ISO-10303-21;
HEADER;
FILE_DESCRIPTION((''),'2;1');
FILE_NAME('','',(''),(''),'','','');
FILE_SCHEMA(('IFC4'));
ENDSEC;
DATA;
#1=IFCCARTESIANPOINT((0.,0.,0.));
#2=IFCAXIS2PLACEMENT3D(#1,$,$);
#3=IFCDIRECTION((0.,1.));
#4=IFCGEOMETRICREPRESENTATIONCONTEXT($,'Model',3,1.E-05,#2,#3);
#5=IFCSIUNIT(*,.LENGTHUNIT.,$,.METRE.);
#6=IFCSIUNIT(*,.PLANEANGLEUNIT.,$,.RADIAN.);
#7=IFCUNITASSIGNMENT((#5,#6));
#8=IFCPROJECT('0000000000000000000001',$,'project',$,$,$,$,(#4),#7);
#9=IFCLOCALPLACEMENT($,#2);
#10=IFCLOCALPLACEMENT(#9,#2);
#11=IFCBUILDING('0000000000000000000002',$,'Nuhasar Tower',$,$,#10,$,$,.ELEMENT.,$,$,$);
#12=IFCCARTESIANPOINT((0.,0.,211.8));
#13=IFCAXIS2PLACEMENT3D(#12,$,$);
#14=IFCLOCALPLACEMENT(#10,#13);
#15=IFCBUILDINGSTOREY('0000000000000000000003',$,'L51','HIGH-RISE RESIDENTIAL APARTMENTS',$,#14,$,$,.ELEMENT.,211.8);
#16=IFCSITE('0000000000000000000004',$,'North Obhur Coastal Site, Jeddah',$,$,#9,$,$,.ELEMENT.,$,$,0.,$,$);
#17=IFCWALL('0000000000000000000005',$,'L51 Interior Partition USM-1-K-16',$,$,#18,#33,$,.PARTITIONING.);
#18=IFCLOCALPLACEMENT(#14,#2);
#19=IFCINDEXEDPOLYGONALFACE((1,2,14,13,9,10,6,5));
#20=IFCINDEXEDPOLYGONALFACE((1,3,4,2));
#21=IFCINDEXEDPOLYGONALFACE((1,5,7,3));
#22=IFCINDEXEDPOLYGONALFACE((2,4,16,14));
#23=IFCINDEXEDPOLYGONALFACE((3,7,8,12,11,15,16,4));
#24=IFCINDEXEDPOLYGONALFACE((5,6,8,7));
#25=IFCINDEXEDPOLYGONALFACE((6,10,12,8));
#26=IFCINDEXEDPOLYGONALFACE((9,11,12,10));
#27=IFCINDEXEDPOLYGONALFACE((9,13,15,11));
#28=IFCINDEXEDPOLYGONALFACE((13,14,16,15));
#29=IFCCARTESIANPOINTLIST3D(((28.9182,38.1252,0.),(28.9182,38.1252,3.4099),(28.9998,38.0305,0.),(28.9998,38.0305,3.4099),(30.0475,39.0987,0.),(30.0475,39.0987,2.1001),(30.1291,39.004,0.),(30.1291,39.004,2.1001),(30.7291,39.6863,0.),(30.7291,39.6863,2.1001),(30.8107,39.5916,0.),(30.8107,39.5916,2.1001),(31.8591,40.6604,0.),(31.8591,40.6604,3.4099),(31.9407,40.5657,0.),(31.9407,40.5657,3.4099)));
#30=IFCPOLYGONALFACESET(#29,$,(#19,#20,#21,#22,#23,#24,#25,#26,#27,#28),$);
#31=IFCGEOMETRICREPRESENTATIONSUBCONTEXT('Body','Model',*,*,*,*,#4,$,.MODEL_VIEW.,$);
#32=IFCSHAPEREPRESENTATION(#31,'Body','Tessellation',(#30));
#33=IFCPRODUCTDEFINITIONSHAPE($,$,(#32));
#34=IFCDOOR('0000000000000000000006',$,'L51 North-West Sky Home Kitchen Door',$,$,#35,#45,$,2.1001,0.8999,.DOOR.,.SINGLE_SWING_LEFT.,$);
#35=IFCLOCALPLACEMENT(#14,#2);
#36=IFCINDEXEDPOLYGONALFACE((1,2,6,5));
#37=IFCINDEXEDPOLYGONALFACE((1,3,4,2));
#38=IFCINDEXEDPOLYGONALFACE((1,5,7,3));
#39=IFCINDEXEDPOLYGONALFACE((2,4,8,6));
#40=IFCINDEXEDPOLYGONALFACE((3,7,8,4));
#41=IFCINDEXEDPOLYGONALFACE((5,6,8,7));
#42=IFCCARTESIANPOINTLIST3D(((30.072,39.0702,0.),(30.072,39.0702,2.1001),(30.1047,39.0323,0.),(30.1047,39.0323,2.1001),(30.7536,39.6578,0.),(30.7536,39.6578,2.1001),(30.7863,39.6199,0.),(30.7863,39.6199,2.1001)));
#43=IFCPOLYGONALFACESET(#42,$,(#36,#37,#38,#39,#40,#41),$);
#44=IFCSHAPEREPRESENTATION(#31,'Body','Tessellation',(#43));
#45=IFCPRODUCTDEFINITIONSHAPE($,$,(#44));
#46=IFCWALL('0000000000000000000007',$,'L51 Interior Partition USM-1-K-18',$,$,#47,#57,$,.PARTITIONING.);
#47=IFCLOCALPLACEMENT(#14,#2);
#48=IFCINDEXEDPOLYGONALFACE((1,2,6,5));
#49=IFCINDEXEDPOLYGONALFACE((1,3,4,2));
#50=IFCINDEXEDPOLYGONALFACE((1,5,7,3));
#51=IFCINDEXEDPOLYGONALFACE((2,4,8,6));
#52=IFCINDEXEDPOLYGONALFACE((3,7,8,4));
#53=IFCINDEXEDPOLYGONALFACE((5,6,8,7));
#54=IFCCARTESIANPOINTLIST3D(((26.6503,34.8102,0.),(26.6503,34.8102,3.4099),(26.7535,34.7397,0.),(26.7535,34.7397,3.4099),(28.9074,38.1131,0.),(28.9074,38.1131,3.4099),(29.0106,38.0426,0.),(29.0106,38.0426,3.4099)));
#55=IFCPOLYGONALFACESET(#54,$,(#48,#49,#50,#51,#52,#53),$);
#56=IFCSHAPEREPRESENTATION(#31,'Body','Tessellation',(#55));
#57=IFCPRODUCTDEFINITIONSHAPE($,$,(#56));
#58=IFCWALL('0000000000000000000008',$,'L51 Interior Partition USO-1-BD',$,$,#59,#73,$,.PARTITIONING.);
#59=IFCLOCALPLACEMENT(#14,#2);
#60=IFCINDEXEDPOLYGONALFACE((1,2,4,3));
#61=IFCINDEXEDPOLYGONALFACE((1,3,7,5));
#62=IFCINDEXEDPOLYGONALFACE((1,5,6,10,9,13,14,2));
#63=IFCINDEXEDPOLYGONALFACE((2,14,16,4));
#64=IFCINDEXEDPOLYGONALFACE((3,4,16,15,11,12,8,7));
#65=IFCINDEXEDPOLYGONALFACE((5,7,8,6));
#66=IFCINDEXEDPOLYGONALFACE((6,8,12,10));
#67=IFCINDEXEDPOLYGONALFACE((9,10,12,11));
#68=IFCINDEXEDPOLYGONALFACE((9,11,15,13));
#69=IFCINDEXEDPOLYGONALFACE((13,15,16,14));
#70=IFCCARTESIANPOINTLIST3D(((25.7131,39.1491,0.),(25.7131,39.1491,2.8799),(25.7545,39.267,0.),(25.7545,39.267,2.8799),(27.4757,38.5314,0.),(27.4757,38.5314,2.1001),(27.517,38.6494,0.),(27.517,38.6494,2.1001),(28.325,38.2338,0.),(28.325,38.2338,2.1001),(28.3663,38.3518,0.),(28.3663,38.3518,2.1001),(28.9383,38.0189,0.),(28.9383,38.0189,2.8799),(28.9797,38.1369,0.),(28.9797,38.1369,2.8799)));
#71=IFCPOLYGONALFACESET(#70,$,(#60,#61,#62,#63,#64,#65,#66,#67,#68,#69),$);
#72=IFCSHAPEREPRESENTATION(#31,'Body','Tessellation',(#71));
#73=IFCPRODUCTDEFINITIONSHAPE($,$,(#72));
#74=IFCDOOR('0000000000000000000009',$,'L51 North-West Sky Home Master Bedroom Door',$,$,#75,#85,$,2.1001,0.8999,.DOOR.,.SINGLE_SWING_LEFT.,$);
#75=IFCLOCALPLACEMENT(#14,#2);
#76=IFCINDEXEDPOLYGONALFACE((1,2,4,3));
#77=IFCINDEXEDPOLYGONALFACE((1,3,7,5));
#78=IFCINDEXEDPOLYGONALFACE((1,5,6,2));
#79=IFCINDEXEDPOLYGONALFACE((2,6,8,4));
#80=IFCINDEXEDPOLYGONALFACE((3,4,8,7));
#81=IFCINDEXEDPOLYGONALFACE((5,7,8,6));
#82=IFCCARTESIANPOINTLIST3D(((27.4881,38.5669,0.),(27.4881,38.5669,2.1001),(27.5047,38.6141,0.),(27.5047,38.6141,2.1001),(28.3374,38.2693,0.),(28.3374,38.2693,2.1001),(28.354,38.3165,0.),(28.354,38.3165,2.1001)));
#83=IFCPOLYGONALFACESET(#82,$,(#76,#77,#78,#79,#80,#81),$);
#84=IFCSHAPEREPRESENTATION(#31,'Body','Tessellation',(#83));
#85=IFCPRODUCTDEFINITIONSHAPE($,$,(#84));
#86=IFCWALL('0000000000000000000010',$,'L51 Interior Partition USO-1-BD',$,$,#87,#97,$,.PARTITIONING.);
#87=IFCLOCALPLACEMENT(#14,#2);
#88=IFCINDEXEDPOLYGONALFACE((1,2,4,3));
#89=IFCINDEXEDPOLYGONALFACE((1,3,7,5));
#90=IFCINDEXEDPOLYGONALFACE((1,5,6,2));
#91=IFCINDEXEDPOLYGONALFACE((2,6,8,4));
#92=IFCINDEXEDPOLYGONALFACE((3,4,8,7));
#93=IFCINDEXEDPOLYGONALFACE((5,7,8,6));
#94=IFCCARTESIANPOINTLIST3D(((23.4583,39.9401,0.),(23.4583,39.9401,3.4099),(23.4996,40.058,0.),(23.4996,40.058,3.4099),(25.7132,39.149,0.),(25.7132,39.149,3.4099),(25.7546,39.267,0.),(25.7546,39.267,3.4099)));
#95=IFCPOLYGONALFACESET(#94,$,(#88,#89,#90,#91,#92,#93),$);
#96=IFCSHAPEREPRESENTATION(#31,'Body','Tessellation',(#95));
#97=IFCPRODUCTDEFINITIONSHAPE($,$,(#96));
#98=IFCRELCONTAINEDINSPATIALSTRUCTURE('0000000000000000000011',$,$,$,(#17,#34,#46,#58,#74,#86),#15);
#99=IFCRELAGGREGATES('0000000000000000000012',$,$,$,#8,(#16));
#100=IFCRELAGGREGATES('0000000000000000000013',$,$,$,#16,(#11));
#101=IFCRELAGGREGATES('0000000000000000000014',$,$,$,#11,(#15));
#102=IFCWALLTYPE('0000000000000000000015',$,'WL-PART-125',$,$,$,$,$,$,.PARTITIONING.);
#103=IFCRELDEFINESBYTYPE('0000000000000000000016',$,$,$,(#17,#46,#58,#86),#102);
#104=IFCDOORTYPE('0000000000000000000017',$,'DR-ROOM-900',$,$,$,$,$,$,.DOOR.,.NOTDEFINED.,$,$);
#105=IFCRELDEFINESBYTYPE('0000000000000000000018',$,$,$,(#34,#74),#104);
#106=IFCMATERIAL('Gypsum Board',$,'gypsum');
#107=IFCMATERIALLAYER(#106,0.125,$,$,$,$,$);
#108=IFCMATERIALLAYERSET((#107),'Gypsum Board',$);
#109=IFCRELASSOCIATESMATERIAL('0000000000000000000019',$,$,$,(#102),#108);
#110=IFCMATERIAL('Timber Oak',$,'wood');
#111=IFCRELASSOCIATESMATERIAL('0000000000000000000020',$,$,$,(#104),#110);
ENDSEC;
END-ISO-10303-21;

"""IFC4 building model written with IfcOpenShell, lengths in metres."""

from ifc_helpers import new_model, si_unit, direction, frame, frame_2d, origin, place, context, subcontext, project, spatial, rectangle, extrude, material, layer, layer_set, type_object, element, fill, save


model = new_model("IFC4")

# Units and contexts
model_context = context("Model", 3, precision=1e-05, world=origin(), true_north=direction((0.0, 1.0)))
body_context = subcontext(model_context, "Body", "Model", "MODEL_VIEW")
ifc_project = project(units=[si_unit("LENGTHUNIT", "METRE"), si_unit("PLANEANGLEUNIT", "RADIAN")], contexts=[model_context])

# Site, building, storey
site_placement = place(None, origin())
site = spatial("IfcSite", under=ifc_project, at=site_placement, Name="North Obhur Coastal Site, Jeddah", CompositionType="ELEMENT", RefElevation=0.0)
building_placement = place(site_placement, origin())
building = spatial("IfcBuilding", under=site, at=building_placement, Name="Nuhasar Tower", CompositionType="ELEMENT")
storey_placement = place(building_placement, frame((0.0, 0.0, 211.8)))
storey = spatial("IfcBuildingStorey", under=building, at=storey_placement, Name="L51", Description="HIGH-RISE RESIDENTIAL APARTMENTS", CompositionType="ELEMENT", Elevation=211.8)

# Wall, opening, door
ifc_material_1 = material(Name="Gypsum Board", Category="gypsum")
ifc_layer_1 = layer(ifc_material_1, 0.125)
ifc_layer_set_1 = layer_set([ifc_layer_1], Name="Gypsum Board")
wall_type = type_object("IfcWallType", Name="WL-PART-125", PredefinedType="PARTITIONING", material=ifc_layer_set_1)
wall_1_placement = place(storey_placement, frame((28.959, 38.0779, 0.0), z_axis=(0.0, 0.0, 1.0), x_axis=(0.757425, 0.652922, 0.0)))
wall_1 = element("IfcWall", 1, at=wall_1_placement, inside=storey, type_object=wall_type, Name="L51 Interior Partition USM-1-K-16", PredefinedType="PARTITIONING", context=body_context, shape_type="SweptSolid", body=[
    extrude(rectangle(XDim=3.8828, YDim=0.125, at=frame_2d((1.9414, 0.0))), origin(), (0.0, 0.0, 1.0), 3.4099),
])
opening_1_placement = place(wall_1_placement, frame((1.491, 0.0, 0.0)))
opening_1 = element("IfcOpeningElement", 2, at=opening_1_placement, cuts=wall_1, PredefinedType="OPENING", context=body_context, shape_type="SweptSolid", body=[
    extrude(rectangle(XDim=0.8999, YDim=2.1001, at=frame_2d((0.45, 1.05))), frame((0.0, 0.0725, 0.0), z_axis=(0.0, -1.0, 0.0), x_axis=(1.0, 0.0, 0.0)), (0.0, 0.0, 1.0), 0.145),
])
ifc_material_2 = material(Name="Timber Oak", Category="wood")
door_type = type_object("IfcDoorType", Name="DR-ROOM-900", OperationType="NOTDEFINED", PredefinedType="DOOR", material=ifc_material_2)
door_1_placement = place(opening_1_placement, origin())
door_1 = element("IfcDoor", 3, at=door_1_placement, inside=storey, type_object=door_type, Name="L51 North-West Sky Home Kitchen Door", OperationType="SINGLE_SWING_LEFT", OverallHeight=2.1001, OverallWidth=0.8999, PredefinedType="DOOR", context=body_context, shape_type="SweptSolid", body=[
    extrude(rectangle(XDim=0.8999, YDim=2.1001, at=frame_2d((0.45, 1.05))), frame((0.0, 0.0249, 0.0), z_axis=(0.0, -1.0, 0.0), x_axis=(1.0, 0.0, 0.0)), (0.0, 0.0, 1.0), 0.05),
])
fill(opening_1, door_1)

# Wall
wall_2_placement = place(storey_placement, frame((28.959, 38.0779, 0.0), z_axis=(0.0, 0.0, 1.0), x_axis=(-0.564198, -0.825639, 0.0)))
element("IfcWall", 4, at=wall_2_placement, inside=storey, type_object=wall_type, Name="L51 Interior Partition USM-1-K-18", PredefinedType="PARTITIONING", context=body_context, shape_type="SweptSolid", body=[
    extrude(rectangle(XDim=4.0005, YDim=0.125, at=frame_2d((2.0002, 0.0))), origin(), (0.0, 0.0, 1.0), 3.4099),
])

# Wall, opening, door
wall_3_placement = place(storey_placement, frame((28.959, 38.0779, 0.0), z_axis=(0.0, 0.0, 1.0), x_axis=(-0.943736, 0.3307, 0.0)))
wall_3 = element("IfcWall", 5, at=wall_3_placement, inside=storey, type_object=wall_type, Name="L51 Interior Partition USO-1-BD", PredefinedType="PARTITIONING", context=body_context, shape_type="SweptSolid", body=[
    extrude(rectangle(XDim=3.4175, YDim=0.125, at=frame_2d((1.7087, 0.0))), origin(), (0.0, 0.0, 1.0), 2.8799),
])
opening_2_placement = place(wall_3_placement, frame((0.6499, 0.0, 0.0)))
opening_2 = element("IfcOpeningElement", 6, at=opening_2_placement, cuts=wall_3, PredefinedType="OPENING", context=body_context, shape_type="SweptSolid", body=[
    extrude(rectangle(XDim=0.8999, YDim=2.1001, at=frame_2d((0.45, 1.05))), frame((0.0, 0.0725, 0.0), z_axis=(0.0, -1.0, 0.0), x_axis=(1.0, 0.0, 0.0)), (0.0, 0.0, 1.0), 0.145),
])
door_2_placement = place(opening_2_placement, origin())
door_2 = element("IfcDoor", 7, at=door_2_placement, inside=storey, type_object=door_type, Name="L51 North-West Sky Home Master Bedroom Door", OperationType="SINGLE_SWING_LEFT", OverallHeight=2.1001, OverallWidth=0.8999, PredefinedType="DOOR", context=body_context, shape_type="SweptSolid", body=[
    extrude(rectangle(XDim=0.8999, YDim=2.1001, at=frame_2d((0.45, 1.05))), frame((0.0, 0.0249, 0.0), z_axis=(0.0, -1.0, 0.0), x_axis=(1.0, 0.0, 0.0)), (0.0, 0.0, 1.0), 0.05),
])
fill(opening_2, door_2)

# Wall
wall_4_placement = place(storey_placement, frame((25.7339, 39.208, 0.0), z_axis=(0.0, 0.0, 1.0), x_axis=(-0.943622, 0.331024, 0.0)))
element("IfcWall", 8, at=wall_4_placement, inside=storey, type_object=wall_type, Name="L51 Interior Partition USO-1-BD", PredefinedType="PARTITIONING", context=body_context, shape_type="SweptSolid", body=[
    extrude(rectangle(XDim=2.3896, YDim=0.125, at=frame_2d((1.1948, 0.0))), origin(), (0.0, 0.0, 1.0), 3.4099),
])

save(model, "model.ifc")
